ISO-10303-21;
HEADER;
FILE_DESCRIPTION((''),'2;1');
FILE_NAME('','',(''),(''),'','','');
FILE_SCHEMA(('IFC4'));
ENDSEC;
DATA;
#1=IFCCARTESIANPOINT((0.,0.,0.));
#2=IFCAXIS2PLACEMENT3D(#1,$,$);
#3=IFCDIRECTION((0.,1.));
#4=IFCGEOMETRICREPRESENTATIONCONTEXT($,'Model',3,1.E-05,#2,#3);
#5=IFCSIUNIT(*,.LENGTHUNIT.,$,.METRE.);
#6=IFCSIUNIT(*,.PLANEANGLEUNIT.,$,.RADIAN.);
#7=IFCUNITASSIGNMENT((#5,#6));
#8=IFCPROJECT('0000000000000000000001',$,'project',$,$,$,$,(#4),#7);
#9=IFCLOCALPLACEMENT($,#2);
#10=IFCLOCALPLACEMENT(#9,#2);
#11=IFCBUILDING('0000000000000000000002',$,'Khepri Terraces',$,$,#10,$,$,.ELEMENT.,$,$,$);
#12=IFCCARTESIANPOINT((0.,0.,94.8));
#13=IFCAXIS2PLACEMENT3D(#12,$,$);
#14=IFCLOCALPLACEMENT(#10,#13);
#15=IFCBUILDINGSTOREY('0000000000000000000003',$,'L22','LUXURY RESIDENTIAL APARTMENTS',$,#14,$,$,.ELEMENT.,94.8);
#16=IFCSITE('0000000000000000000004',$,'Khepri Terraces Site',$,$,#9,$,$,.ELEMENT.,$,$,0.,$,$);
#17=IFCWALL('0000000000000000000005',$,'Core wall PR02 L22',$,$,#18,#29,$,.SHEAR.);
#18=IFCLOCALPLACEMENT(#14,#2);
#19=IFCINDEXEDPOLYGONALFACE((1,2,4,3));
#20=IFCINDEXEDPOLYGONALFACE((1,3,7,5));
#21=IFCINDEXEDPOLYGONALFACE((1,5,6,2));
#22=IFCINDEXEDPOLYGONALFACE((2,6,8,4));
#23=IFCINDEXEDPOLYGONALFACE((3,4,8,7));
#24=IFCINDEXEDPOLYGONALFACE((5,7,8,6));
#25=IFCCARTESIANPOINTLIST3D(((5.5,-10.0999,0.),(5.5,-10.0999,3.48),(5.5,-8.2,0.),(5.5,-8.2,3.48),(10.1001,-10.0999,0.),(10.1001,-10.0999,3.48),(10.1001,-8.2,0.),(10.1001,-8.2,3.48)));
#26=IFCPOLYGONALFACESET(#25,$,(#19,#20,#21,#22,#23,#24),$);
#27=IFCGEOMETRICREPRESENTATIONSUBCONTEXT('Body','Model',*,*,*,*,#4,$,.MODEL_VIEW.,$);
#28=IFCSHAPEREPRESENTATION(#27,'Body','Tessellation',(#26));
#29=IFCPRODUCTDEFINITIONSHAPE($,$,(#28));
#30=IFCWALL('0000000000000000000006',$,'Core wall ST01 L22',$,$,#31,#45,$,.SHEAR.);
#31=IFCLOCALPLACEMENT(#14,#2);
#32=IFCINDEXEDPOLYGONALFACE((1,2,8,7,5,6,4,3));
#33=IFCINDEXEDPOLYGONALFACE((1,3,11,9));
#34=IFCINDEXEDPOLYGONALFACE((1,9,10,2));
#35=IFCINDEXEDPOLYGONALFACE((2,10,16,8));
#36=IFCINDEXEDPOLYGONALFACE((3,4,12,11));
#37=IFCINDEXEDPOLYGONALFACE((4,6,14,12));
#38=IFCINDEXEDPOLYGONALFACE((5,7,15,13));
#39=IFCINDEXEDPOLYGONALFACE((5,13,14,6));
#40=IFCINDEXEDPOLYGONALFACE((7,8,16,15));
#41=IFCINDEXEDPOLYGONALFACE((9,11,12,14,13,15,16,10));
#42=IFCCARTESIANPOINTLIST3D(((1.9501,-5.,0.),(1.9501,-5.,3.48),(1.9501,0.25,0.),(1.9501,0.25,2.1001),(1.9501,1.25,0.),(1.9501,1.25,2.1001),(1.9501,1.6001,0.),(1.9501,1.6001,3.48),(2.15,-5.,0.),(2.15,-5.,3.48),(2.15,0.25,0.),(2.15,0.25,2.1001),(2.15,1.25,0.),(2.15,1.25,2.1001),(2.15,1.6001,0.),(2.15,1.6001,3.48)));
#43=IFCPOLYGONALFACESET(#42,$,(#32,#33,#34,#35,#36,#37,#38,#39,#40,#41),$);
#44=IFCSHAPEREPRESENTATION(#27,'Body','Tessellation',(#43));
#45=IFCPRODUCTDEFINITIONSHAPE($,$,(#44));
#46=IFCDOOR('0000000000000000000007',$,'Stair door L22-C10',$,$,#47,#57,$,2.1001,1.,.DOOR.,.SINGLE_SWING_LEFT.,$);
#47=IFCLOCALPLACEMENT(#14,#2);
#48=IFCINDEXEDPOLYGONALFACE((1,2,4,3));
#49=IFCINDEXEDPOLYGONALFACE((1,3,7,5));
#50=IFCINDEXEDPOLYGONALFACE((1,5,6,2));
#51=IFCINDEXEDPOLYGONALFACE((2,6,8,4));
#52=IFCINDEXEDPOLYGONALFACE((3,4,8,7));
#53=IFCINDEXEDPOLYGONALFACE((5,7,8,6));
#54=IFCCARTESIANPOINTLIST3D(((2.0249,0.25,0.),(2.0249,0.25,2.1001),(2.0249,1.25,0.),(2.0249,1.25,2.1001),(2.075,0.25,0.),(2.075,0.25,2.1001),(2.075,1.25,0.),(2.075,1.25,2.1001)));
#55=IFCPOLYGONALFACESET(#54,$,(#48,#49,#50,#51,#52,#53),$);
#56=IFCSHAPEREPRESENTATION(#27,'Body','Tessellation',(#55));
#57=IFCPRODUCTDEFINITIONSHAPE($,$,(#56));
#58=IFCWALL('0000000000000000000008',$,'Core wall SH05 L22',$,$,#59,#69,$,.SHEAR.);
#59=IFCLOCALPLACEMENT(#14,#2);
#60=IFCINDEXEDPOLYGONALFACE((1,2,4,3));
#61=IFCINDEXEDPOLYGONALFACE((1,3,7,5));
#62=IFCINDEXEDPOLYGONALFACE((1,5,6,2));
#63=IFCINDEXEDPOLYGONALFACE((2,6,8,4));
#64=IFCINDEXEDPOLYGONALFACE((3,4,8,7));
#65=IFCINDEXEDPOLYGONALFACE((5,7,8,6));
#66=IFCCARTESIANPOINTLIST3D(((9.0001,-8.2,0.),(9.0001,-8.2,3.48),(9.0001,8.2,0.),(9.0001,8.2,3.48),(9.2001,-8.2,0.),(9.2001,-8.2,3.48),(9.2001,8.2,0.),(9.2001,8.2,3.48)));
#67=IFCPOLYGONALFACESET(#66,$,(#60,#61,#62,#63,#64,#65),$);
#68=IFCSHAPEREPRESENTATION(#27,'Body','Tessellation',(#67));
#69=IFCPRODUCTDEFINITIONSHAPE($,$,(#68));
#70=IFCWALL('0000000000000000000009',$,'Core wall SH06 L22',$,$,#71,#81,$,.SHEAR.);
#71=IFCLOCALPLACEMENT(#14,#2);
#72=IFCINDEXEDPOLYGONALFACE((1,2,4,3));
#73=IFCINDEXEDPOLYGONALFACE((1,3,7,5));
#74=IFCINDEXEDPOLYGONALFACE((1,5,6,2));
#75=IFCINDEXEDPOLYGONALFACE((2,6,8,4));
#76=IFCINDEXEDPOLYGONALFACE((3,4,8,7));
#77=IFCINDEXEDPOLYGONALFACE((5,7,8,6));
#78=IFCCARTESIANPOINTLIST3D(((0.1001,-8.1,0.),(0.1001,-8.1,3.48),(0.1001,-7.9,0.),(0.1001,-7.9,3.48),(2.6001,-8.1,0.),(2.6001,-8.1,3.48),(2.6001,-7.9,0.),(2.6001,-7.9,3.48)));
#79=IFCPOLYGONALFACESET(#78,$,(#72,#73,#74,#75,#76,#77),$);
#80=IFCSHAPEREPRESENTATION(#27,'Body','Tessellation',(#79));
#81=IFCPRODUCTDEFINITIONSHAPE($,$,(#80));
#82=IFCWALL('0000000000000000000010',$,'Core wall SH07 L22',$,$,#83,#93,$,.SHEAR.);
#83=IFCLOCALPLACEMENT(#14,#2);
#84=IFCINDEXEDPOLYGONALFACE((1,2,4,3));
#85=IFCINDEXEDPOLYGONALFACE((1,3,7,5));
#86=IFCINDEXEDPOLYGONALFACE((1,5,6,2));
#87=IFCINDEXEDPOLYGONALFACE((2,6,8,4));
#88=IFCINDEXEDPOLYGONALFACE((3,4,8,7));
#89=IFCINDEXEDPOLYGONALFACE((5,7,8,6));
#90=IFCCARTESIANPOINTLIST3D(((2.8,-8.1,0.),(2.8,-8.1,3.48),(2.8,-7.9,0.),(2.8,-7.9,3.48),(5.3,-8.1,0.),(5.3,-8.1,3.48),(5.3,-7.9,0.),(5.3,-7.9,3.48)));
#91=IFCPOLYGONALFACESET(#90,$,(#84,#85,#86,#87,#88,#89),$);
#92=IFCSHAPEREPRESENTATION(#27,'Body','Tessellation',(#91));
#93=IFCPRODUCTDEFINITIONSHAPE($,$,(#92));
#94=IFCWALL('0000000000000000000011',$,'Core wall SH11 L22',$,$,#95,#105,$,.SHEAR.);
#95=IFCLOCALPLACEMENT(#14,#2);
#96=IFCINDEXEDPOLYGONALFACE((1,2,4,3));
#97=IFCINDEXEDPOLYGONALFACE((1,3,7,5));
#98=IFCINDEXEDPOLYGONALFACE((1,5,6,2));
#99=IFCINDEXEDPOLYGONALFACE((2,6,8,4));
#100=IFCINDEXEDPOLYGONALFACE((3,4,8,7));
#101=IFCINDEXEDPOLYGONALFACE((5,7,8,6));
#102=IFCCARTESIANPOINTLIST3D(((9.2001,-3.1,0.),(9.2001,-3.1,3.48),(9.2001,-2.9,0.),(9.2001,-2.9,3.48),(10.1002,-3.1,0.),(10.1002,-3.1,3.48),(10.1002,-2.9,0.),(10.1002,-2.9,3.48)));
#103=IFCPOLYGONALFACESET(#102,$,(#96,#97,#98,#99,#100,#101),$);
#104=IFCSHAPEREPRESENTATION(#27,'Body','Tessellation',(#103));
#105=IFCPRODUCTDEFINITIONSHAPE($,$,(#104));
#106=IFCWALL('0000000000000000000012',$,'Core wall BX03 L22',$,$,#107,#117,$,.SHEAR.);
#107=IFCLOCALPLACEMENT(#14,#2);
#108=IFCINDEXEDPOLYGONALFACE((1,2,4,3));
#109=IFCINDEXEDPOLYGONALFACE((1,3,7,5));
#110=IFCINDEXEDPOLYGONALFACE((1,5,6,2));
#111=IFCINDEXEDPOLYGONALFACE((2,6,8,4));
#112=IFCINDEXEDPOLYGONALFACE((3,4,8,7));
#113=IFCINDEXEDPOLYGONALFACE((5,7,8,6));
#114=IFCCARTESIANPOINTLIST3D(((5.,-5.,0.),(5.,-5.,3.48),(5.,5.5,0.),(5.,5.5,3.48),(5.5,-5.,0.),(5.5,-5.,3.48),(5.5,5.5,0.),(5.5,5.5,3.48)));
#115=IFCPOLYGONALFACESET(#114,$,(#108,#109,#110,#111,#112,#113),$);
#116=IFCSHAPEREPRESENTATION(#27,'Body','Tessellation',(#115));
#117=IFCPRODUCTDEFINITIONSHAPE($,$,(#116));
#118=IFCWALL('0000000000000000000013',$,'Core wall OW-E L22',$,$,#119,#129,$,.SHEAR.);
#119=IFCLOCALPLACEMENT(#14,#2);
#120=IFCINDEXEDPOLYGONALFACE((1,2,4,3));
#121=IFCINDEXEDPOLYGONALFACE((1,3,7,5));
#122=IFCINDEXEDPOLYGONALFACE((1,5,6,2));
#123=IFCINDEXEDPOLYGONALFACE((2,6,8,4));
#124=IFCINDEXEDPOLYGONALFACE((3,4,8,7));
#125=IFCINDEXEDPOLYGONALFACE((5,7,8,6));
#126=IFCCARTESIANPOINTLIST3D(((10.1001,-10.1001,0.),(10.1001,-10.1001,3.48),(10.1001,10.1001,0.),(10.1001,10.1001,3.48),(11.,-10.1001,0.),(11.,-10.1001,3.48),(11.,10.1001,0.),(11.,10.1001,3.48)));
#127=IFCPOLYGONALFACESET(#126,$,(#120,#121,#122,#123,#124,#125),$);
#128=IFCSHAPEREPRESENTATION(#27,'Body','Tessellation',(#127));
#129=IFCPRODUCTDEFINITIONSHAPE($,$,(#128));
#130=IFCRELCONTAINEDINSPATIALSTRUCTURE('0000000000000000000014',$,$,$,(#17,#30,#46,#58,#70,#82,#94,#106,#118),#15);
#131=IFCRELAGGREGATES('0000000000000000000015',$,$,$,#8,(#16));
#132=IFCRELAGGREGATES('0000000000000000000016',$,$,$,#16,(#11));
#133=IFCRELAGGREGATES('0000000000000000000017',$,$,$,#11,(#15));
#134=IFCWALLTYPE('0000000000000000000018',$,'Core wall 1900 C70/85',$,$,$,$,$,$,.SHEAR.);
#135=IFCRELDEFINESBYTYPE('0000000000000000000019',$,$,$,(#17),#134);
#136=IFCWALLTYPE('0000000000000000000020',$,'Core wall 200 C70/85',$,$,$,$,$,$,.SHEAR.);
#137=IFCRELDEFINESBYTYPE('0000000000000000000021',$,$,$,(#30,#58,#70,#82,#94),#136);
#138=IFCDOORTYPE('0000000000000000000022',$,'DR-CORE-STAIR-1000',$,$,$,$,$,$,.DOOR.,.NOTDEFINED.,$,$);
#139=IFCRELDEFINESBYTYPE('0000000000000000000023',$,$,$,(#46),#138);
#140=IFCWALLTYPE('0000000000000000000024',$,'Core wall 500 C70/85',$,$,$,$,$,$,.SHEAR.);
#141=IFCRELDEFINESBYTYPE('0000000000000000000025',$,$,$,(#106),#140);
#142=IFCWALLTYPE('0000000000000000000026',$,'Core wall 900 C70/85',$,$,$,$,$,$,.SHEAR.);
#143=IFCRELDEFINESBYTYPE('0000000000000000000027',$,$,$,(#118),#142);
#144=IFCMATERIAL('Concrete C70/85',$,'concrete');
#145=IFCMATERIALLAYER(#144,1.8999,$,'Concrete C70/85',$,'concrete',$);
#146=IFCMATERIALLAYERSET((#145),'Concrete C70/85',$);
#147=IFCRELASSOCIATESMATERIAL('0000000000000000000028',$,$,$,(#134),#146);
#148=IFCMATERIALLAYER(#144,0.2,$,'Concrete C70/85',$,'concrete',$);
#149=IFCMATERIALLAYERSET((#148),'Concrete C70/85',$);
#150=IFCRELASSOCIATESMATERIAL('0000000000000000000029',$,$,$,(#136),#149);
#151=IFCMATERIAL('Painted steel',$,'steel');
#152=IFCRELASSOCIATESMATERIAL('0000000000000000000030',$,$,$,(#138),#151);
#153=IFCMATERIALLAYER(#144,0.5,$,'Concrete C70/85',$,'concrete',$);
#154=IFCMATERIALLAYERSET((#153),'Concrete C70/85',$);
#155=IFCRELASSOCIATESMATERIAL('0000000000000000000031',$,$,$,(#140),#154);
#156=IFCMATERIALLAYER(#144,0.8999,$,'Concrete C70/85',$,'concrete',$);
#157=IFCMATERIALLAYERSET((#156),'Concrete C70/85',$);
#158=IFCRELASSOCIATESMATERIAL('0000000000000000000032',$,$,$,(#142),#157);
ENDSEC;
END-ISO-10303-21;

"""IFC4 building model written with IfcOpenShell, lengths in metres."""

from ifc_helpers import new_model, si_unit, direction, frame, frame_2d, origin, place, context, subcontext, project, spatial, rectangle, extrude, material, layer, layer_set, type_object, element, fill, save


model = new_model("IFC4")

# Units and contexts
model_context = context("Model", 3, precision=1e-05, world=origin(), true_north=direction((0.0, 1.0)))
body_context = subcontext(model_context, "Body", "Model", "MODEL_VIEW")
ifc_project = project(units=[si_unit("LENGTHUNIT", "METRE"), si_unit("PLANEANGLEUNIT", "RADIAN")], contexts=[model_context])

# Site, building, storey
site_placement = place(None, origin())
site = spatial("IfcSite", under=ifc_project, at=site_placement, Name="Khepri Terraces Site", CompositionType="ELEMENT", RefElevation=0.0)
building_placement = place(site_placement, origin())
building = spatial("IfcBuilding", under=site, at=building_placement, Name="Khepri Terraces", CompositionType="ELEMENT")
storey_placement = place(building_placement, frame((0.0, 0.0, 94.8)))
storey = spatial("IfcBuildingStorey", under=building, at=storey_placement, Name="L22", Description="LUXURY RESIDENTIAL APARTMENTS", CompositionType="ELEMENT", Elevation=94.8)

# Wall
ifc_material_1 = material(Name="Concrete C70/85", Category="concrete")
ifc_layer_1 = layer(ifc_material_1, 1.8999, Name="Concrete C70/85", Category="concrete")
ifc_layer_set_1 = layer_set([ifc_layer_1], Name="Concrete C70/85")
wall_type_1 = type_object("IfcWallType", Name="Core wall 1900 C70/85", PredefinedType="SHEAR", material=ifc_layer_set_1)
wall_1_placement = place(storey_placement, frame((5.5, -9.1499, 0.0), z_axis=(0.0, 0.0, 1.0), x_axis=(1.0, 0.0, 0.0)))
element("IfcWall", 1, at=wall_1_placement, inside=storey, type_object=wall_type_1, Name="Core wall PR02 L22", PredefinedType="SHEAR", context=body_context, shape_type="SweptSolid", body=[
    extrude(rectangle(XDim=4.6001, YDim=1.8999, at=frame_2d((2.3, 0.0))), origin(), (0.0, 0.0, 1.0), 3.48),
])

# Wall, opening, door
ifc_layer_2 = layer(ifc_material_1, 0.2, Name="Concrete C70/85", Category="concrete")
ifc_layer_set_2 = layer_set([ifc_layer_2], Name="Concrete C70/85")
wall_type_2 = type_object("IfcWallType", Name="Core wall 200 C70/85", PredefinedType="SHEAR", material=ifc_layer_set_2)
wall_2_placement = place(storey_placement, frame((2.05, -5.0, 0.0), z_axis=(0.0, 0.0, 1.0), x_axis=(0.0, 1.0, 0.0)))
wall_2 = element("IfcWall", 2, at=wall_2_placement, inside=storey, type_object=wall_type_2, Name="Core wall ST01 L22", PredefinedType="SHEAR", context=body_context, shape_type="SweptSolid", body=[
    extrude(rectangle(XDim=6.6001, YDim=0.2, at=frame_2d((3.3, 0.0))), origin(), (0.0, 0.0, 1.0), 3.48),
])
opening_1_placement = place(wall_2_placement, frame((5.25, 0.0, 0.0)))
opening_1 = element("IfcOpeningElement", 3, at=opening_1_placement, cuts=wall_2, PredefinedType="OPENING", context=body_context, shape_type="SweptSolid", body=[
    extrude(rectangle(XDim=1.0, YDim=2.1001, at=frame_2d((0.5, 1.05))), frame((0.0, 0.1099, 0.0), z_axis=(0.0, -1.0, 0.0), x_axis=(1.0, 0.0, 0.0)), (0.0, 0.0, 1.0), 0.22),
])
ifc_material_2 = material(Name="Painted steel", Category="steel")
door_type_1 = type_object("IfcDoorType", Name="DR-CORE-STAIR-1000", OperationType="NOTDEFINED", PredefinedType="DOOR", material=ifc_material_2)
door_1_placement = place(opening_1_placement, frame((1.0, 0.0, 0.0), z_axis=(0.0, 0.0, 1.0), x_axis=(-1.0, 0.0, 0.0)))
door_1 = element("IfcDoor", 4, at=door_1_placement, inside=storey, type_object=door_type_1, Name="Stair door L22-C10", OperationType="SINGLE_SWING_LEFT", OverallHeight=2.1001, OverallWidth=1.0, PredefinedType="DOOR", context=body_context, shape_type="SweptSolid", body=[
    extrude(rectangle(XDim=1.0, YDim=2.1001, at=frame_2d((0.5, 1.05))), frame((0.0, 0.0249, 0.0), z_axis=(0.0, -1.0, 0.0), x_axis=(1.0, 0.0, 0.0)), (0.0, 0.0, 1.0), 0.05),
])
fill(opening_1, door_1)

# Walls
wall_3_placement = place(storey_placement, frame((9.1001, -8.2, 0.0), z_axis=(0.0, 0.0, 1.0), x_axis=(0.0, 1.0, 0.0)))
element("IfcWall", 5, at=wall_3_placement, inside=storey, type_object=wall_type_2, Name="Core wall SH05 L22", PredefinedType="SHEAR", context=body_context, shape_type="SweptSolid", body=[
    extrude(rectangle(XDim=16.3999, YDim=0.2, at=frame_2d((8.2, 0.0))), origin(), (0.0, 0.0, 1.0), 3.48),
])
for number, where, z_axis, x_axis, name in (
    (6, (0.1001, -8.0, 0.0), (0.0, 0.0, 1.0), (1.0, 0.0, 0.0), "Core wall SH06 L22"),
    (7, (2.8, -8.0, 0.0), (0.0, 0.0, 1.0), (1.0, 0.0, 0.0), "Core wall SH07 L22"),
):
    element("IfcWall", number, at=place(storey_placement, frame(where, z_axis=z_axis, x_axis=x_axis)), inside=storey, type_object=wall_type_2, Name=name, PredefinedType="SHEAR", context=body_context, shape_type="SweptSolid", body=[
        extrude(rectangle(XDim=2.5, YDim=0.2, at=frame_2d((1.25, 0.0))), origin(), (0.0, 0.0, 1.0), 3.48),
    ])
wall_4_placement = place(storey_placement, frame((9.2, -3.0, 0.0), z_axis=(0.0, 0.0, 1.0), x_axis=(1.0, 0.0, 0.0)))
element("IfcWall", 8, at=wall_4_placement, inside=storey, type_object=wall_type_2, Name="Core wall SH11 L22", PredefinedType="SHEAR", context=body_context, shape_type="SweptSolid", body=[
    extrude(rectangle(XDim=0.9001, YDim=0.2, at=frame_2d((0.4502, 0.0))), origin(), (0.0, 0.0, 1.0), 3.48),
])
ifc_layer_3 = layer(ifc_material_1, 0.5, Name="Concrete C70/85", Category="concrete")
ifc_layer_set_3 = layer_set([ifc_layer_3], Name="Concrete C70/85")
wall_type_3 = type_object("IfcWallType", Name="Core wall 500 C70/85", PredefinedType="SHEAR", material=ifc_layer_set_3)
wall_5_placement = place(storey_placement, frame((5.25, -5.0, 0.0), z_axis=(0.0, 0.0, 1.0), x_axis=(0.0, 1.0, 0.0)))
element("IfcWall", 9, at=wall_5_placement, inside=storey, type_object=wall_type_3, Name="Core wall BX03 L22", PredefinedType="SHEAR", context=body_context, shape_type="SweptSolid", body=[
    extrude(rectangle(XDim=10.5, YDim=0.5, at=frame_2d((5.25, 0.0))), origin(), (0.0, 0.0, 1.0), 3.48),
])
ifc_layer_4 = layer(ifc_material_1, 0.8999, Name="Concrete C70/85", Category="concrete")
ifc_layer_set_4 = layer_set([ifc_layer_4], Name="Concrete C70/85")
wall_type_4 = type_object("IfcWallType", Name="Core wall 900 C70/85", PredefinedType="SHEAR", material=ifc_layer_set_4)
wall_6_placement = place(storey_placement, frame((10.55, -10.1001, 0.0), z_axis=(0.0, 0.0, 1.0), x_axis=(0.0, 1.0, 0.0)))
element("IfcWall", 10, at=wall_6_placement, inside=storey, type_object=wall_type_4, Name="Core wall OW-E L22", PredefinedType="SHEAR", context=body_context, shape_type="SweptSolid", body=[
    extrude(rectangle(XDim=20.2002, YDim=0.8999, at=frame_2d((10.1001, 0.0))), origin(), (0.0, 0.0, 1.0), 3.48),
])

save(model, "model.ifc")
